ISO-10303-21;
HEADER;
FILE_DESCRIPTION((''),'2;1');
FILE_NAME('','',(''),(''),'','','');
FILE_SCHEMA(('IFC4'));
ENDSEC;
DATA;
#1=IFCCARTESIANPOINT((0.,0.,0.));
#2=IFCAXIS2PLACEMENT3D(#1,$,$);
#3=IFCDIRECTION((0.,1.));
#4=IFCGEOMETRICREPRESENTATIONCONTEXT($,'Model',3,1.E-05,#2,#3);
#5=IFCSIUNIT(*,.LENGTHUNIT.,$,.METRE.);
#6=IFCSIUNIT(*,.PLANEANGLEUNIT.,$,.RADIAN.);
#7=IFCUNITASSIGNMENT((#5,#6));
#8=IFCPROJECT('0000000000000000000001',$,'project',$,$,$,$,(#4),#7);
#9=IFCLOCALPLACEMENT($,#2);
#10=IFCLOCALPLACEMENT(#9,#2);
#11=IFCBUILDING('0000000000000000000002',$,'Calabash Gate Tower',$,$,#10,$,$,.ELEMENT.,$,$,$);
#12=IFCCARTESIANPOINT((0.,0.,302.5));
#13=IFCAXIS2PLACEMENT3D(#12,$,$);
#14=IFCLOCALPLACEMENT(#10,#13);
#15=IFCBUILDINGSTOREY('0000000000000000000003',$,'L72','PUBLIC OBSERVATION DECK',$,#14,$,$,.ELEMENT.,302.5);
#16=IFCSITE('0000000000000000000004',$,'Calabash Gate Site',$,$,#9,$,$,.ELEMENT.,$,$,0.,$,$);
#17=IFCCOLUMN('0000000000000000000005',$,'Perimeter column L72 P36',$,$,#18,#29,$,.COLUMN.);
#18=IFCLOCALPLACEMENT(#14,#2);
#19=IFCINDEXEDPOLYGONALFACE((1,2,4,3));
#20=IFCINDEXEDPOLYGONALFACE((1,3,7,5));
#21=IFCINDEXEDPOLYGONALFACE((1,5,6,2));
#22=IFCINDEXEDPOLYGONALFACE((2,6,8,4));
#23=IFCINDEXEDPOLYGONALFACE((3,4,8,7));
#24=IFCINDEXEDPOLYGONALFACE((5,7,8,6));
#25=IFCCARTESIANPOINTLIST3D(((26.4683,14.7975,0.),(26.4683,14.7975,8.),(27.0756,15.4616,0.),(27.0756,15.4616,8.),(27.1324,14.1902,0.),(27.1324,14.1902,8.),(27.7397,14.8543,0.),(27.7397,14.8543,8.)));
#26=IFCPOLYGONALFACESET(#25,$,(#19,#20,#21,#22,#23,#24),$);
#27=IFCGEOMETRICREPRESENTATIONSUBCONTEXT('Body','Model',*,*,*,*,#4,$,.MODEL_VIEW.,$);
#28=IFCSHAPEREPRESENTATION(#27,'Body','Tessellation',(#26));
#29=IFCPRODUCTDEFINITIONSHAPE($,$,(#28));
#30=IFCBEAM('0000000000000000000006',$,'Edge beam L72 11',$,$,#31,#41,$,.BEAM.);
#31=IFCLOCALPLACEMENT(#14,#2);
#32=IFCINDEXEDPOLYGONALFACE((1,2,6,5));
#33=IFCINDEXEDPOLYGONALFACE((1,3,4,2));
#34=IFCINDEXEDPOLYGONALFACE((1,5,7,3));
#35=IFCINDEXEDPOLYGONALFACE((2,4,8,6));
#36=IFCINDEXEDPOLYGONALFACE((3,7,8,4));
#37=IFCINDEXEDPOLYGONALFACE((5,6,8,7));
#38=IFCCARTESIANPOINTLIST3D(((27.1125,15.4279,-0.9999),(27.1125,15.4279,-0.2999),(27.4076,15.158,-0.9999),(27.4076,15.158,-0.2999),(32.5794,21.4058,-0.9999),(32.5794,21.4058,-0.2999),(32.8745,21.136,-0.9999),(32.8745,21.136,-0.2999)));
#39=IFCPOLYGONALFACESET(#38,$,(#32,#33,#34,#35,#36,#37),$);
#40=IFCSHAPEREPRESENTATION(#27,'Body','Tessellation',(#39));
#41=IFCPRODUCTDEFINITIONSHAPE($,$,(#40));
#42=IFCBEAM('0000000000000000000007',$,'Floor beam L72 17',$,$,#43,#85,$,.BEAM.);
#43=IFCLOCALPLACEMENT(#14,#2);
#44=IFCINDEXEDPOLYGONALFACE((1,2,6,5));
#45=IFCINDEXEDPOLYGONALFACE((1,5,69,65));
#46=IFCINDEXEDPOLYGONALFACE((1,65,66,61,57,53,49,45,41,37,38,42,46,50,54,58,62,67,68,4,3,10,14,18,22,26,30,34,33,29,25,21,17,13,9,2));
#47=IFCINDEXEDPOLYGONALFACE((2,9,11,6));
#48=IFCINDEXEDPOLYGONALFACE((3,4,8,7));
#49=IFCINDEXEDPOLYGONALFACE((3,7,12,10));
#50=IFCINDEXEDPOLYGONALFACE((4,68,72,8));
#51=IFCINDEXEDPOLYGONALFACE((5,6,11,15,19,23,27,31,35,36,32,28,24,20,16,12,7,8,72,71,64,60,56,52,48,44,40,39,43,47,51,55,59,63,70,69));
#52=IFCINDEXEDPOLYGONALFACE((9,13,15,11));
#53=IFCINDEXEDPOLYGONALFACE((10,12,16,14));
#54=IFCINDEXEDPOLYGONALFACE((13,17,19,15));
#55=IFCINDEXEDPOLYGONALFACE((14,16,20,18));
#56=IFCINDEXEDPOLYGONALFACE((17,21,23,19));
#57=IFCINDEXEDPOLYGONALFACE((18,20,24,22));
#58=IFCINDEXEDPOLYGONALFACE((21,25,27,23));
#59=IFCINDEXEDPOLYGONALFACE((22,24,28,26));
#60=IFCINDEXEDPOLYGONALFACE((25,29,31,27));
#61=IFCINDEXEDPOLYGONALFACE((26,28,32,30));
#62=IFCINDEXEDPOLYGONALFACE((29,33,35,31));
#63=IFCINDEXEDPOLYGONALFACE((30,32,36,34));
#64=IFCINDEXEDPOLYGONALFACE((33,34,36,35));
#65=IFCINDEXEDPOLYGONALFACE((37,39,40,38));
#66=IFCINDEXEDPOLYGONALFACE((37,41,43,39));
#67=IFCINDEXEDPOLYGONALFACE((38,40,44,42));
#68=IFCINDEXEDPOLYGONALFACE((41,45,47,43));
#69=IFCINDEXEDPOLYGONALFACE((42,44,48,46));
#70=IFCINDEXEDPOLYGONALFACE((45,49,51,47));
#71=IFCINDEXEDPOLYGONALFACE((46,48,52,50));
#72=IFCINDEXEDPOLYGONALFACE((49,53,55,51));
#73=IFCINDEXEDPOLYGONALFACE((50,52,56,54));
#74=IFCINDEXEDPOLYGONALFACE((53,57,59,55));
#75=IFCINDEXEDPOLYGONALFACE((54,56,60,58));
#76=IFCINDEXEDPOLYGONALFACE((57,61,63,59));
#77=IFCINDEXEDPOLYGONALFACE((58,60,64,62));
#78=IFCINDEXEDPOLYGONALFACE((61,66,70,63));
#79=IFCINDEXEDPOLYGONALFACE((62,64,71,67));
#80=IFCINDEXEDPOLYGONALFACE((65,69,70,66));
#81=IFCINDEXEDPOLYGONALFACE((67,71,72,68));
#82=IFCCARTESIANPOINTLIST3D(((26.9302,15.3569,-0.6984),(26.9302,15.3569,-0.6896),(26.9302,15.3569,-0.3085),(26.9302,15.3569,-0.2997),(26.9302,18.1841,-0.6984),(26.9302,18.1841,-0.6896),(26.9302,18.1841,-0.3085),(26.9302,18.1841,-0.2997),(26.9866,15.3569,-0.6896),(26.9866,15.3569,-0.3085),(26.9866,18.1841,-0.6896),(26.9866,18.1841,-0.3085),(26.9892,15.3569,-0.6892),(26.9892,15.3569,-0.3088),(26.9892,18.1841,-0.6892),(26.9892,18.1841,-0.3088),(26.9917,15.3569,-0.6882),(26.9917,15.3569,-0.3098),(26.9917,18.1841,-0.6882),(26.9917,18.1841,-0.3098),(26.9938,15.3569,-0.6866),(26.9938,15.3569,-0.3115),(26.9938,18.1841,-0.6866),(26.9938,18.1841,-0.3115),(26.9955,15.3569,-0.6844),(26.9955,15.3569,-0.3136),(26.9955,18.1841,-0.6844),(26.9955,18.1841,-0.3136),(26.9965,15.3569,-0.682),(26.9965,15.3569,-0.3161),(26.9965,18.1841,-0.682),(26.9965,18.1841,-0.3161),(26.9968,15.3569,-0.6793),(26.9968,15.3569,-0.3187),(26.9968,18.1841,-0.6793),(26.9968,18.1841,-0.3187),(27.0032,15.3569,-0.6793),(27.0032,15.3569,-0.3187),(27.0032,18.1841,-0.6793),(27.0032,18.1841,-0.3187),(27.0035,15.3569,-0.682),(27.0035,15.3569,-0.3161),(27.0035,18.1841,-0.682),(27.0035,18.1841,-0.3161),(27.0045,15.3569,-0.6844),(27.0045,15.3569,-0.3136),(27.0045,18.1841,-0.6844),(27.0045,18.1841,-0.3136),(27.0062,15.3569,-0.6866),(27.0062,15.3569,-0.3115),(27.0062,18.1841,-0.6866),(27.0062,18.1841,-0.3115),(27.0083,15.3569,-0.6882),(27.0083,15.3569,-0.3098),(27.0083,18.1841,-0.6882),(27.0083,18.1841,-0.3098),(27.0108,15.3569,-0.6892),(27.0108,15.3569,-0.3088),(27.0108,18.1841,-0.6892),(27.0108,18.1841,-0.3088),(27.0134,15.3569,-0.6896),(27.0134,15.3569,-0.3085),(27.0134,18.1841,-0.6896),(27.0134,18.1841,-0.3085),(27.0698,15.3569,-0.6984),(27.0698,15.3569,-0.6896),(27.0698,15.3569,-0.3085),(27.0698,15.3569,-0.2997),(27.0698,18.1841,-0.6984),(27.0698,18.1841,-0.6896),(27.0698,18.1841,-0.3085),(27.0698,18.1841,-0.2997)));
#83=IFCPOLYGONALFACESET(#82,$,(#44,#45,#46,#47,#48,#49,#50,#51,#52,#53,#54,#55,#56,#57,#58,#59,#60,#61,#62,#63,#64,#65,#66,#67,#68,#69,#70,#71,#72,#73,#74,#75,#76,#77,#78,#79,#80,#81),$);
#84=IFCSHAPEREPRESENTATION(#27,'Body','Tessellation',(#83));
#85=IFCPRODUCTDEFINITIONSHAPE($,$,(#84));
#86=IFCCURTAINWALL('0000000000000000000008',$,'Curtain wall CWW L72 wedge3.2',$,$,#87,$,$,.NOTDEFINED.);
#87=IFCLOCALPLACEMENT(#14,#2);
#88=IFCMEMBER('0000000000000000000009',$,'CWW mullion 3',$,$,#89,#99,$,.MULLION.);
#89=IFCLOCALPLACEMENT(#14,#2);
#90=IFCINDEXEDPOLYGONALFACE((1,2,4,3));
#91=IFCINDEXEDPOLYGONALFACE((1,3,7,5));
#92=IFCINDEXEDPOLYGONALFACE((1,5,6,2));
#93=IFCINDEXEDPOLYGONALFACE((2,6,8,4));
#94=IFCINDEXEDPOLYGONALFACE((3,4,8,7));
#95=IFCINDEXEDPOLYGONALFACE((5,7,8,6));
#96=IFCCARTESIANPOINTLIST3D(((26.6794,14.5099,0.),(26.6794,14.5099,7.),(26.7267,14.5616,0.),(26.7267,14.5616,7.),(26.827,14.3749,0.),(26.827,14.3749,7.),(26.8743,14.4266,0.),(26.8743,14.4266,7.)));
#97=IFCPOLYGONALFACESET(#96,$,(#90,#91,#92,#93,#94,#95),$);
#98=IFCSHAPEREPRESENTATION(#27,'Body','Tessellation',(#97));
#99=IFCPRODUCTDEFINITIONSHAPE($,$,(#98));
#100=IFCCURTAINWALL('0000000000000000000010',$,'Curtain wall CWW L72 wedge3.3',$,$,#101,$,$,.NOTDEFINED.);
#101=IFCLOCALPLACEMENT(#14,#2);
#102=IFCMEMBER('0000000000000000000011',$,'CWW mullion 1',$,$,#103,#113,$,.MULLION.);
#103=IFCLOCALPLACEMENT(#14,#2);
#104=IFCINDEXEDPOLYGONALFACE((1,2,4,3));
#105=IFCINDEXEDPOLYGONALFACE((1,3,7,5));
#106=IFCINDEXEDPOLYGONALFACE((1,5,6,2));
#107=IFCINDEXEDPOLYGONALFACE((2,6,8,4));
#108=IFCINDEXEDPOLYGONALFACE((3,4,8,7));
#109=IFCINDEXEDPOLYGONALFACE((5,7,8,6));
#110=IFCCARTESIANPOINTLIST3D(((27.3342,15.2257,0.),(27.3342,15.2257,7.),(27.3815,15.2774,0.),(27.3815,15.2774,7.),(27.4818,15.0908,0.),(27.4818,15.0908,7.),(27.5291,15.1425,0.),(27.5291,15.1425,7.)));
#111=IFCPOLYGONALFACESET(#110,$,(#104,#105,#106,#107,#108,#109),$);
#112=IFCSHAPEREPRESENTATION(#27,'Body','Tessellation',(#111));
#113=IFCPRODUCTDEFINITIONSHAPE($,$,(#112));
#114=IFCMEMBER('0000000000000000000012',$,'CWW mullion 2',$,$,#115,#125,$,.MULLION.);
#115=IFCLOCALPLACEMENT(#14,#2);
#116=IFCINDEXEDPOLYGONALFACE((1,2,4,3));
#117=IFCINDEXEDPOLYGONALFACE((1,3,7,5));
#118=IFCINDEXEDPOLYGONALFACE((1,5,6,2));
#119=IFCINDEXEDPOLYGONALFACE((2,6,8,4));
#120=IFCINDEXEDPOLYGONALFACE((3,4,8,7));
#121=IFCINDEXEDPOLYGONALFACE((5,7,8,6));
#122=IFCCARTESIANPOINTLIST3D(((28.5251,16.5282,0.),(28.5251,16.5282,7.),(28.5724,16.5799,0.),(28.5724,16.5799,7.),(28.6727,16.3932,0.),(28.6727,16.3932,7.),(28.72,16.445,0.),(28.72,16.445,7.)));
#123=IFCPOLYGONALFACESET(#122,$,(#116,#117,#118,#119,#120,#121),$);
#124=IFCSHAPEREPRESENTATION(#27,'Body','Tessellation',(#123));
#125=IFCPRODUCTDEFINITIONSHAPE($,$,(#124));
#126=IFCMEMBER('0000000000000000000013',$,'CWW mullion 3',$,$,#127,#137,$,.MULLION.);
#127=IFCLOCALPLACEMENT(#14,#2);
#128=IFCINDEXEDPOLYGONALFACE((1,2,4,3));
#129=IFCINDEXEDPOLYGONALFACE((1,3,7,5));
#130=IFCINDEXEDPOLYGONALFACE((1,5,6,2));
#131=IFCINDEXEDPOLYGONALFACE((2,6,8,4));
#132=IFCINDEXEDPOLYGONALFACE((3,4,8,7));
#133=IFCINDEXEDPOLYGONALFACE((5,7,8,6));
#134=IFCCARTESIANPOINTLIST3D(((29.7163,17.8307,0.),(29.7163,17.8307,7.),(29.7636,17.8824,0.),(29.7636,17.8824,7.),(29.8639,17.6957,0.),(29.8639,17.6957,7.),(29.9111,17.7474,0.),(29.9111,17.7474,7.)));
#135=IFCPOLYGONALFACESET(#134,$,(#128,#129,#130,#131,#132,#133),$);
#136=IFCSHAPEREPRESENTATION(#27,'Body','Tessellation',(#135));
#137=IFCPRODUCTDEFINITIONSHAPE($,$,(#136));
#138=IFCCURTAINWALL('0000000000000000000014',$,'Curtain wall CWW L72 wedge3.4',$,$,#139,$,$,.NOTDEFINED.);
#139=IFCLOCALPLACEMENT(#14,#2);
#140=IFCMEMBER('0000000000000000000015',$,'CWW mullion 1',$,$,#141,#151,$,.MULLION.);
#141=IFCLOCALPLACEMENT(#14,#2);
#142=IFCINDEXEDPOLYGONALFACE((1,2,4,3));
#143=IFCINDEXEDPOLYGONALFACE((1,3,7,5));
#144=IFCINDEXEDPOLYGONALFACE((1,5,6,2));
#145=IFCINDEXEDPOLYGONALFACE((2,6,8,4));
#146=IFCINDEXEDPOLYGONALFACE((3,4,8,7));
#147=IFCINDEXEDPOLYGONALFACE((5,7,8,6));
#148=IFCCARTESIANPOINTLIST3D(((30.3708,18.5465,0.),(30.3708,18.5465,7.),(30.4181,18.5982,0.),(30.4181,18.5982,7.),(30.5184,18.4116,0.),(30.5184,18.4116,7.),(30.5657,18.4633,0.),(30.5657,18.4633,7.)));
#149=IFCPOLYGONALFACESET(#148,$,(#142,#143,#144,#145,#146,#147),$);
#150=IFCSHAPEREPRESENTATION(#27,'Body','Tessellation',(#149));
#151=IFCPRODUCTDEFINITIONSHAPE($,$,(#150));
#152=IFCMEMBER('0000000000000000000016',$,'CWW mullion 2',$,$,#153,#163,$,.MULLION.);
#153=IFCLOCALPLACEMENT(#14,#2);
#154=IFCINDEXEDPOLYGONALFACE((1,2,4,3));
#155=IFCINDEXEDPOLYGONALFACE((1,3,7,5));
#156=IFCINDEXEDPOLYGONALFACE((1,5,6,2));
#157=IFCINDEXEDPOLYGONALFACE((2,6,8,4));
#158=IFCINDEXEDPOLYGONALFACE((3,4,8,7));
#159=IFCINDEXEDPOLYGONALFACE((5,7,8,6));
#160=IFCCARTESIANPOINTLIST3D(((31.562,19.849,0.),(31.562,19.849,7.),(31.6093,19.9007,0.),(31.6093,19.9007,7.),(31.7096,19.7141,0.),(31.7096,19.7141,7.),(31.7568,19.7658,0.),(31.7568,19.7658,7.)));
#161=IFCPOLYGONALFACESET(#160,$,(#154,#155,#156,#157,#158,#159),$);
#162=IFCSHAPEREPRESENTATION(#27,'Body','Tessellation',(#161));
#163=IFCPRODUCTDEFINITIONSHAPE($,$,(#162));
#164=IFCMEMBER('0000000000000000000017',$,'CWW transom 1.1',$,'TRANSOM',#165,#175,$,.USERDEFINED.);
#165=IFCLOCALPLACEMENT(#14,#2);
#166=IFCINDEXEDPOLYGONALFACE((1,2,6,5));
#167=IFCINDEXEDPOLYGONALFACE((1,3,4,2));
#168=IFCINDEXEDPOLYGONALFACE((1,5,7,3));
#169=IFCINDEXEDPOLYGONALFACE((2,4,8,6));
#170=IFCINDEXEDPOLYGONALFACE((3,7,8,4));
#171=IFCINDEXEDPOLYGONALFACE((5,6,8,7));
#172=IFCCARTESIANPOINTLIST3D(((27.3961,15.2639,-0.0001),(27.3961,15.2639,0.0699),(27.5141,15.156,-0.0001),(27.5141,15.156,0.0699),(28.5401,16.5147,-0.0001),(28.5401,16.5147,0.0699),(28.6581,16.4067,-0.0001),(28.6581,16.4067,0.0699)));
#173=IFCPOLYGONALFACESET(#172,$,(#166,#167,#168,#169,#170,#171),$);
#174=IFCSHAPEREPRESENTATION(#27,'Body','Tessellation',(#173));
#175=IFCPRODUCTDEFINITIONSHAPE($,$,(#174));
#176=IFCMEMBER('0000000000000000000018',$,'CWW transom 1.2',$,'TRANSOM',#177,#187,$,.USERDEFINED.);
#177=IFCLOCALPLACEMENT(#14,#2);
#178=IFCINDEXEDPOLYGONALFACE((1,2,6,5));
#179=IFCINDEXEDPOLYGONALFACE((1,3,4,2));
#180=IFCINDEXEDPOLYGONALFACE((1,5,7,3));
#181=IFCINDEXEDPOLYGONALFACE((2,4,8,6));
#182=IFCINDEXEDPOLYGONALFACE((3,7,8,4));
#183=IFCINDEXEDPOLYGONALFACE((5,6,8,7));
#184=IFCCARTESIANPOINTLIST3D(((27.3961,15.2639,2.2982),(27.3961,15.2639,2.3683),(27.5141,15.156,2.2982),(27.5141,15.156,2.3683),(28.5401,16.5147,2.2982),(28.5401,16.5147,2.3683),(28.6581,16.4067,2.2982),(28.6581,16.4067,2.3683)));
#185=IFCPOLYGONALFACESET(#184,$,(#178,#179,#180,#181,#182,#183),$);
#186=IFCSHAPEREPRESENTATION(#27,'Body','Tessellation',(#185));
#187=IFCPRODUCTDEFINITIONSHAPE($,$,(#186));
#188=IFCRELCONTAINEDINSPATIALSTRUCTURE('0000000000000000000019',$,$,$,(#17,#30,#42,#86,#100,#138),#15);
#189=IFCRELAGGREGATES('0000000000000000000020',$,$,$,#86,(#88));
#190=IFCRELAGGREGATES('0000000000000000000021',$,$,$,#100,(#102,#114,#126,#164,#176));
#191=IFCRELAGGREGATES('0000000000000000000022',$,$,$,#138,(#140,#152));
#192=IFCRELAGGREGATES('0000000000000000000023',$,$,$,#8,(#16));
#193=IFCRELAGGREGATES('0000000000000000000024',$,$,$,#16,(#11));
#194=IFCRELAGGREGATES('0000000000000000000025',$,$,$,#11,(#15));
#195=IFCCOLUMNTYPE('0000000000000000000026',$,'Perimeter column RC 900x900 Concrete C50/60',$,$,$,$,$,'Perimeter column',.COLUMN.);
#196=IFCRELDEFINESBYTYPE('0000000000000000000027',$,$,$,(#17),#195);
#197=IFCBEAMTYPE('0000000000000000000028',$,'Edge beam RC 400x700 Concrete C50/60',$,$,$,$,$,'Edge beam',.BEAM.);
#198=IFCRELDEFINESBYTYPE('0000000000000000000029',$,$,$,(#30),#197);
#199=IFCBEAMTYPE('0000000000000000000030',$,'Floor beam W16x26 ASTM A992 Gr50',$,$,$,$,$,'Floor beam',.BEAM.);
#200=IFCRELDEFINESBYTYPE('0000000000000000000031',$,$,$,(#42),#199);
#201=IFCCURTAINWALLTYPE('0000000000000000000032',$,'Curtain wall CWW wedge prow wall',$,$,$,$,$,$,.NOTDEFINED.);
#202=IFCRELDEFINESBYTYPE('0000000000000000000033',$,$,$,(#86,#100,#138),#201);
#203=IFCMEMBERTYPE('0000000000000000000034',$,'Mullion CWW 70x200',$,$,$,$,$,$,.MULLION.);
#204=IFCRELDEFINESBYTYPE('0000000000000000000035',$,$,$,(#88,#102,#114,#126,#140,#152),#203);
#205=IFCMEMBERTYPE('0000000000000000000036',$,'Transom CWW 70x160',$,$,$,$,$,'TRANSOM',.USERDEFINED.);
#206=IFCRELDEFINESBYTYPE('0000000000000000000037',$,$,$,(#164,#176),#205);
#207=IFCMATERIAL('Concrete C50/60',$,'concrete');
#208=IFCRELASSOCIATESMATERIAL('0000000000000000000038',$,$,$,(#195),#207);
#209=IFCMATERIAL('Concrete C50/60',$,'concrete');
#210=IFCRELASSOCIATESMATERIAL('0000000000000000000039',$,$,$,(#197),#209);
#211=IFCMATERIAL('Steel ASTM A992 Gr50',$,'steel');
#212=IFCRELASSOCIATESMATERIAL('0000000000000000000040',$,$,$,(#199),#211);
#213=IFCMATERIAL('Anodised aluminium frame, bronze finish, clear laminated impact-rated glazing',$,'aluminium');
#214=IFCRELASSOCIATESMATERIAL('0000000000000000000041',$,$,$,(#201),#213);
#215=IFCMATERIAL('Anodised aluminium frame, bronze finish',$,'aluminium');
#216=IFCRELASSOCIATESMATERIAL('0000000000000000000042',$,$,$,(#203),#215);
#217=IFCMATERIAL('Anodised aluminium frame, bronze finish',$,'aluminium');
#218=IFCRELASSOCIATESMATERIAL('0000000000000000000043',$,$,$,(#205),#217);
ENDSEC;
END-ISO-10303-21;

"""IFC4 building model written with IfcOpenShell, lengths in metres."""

from ifc_helpers import new_model, si_unit, direction, frame, origin, origin_2d, place, context, subcontext, project, spatial, rectangle, i_section, extrude, material, material_profile, profile_set, type_object, element, aggregate, save


model = new_model("IFC4")

# Units and contexts
model_context = context("Model", 3, precision=1e-05, world=origin(), true_north=direction((0.0, 1.0)))
body_context = subcontext(model_context, "Body", "Model", "MODEL_VIEW")
ifc_project = project(units=[si_unit("LENGTHUNIT", "METRE"), si_unit("PLANEANGLEUNIT", "RADIAN")], contexts=[model_context])

# Site, building, storey
site_placement = place(None, origin())
site = spatial("IfcSite", under=ifc_project, at=site_placement, Name="Calabash Gate Site", CompositionType="ELEMENT", RefElevation=0.0)
building_placement = place(site_placement, origin())
building = spatial("IfcBuilding", under=site, at=building_placement, Name="Calabash Gate Tower", CompositionType="ELEMENT")
storey_placement = place(building_placement, frame((0.0, 0.0, 302.5)))
storey = spatial("IfcBuildingStorey", under=building, at=storey_placement, Name="L72", Description="PUBLIC OBSERVATION DECK", CompositionType="ELEMENT", Elevation=302.5)

# Column
ifc_material_1 = material(Name="Concrete C50/60", Category="concrete")
ifc_material_profile_1 = material_profile(ifc_material_1, rectangle(XDim=0.8999, YDim=0.8999, at=origin_2d()))
ifc_profile_set_1 = profile_set([ifc_material_profile_1], Name="Concrete C50/60")
column_type = type_object("IfcColumnType", Name="Perimeter column RC 900x900 Concrete C50/60", ElementType="Perimeter column", PredefinedType="COLUMN", material=ifc_profile_set_1)
column_placement = place(storey_placement, frame((27.104, 14.8259, 0.0), z_axis=(0.0, 0.0, 1.0), x_axis=(0.674856, 0.737949, 0.0)))
element("IfcColumn", 1, at=column_placement, inside=storey, type_object=column_type, Name="Perimeter column L72 P36", PredefinedType="COLUMN", context=body_context, shape_type="SweptSolid", body=[
    extrude(rectangle(XDim=0.8999, YDim=0.8999, at=origin_2d()), origin(), (0.0, 0.0, 1.0), 8.0),
])

# Beams
ifc_material_2 = material(Name="Concrete C50/60", Category="concrete")
ifc_material_profile_2 = material_profile(ifc_material_2, rectangle(XDim=0.3999, YDim=0.7, at=origin_2d()))
ifc_profile_set_2 = profile_set([ifc_material_profile_2], Name="Concrete C50/60")
beam_type_1 = type_object("IfcBeamType", Name="Edge beam RC 400x700 Concrete C50/60", ElementType="Edge beam", PredefinedType="BEAM", material=ifc_profile_set_2)
beam_1_placement = place(storey_placement, frame((27.26, 15.293, -0.6499), z_axis=(0.674864, 0.737942, 0.0), x_axis=(-0.737942, 0.674864, 0.0)))
element("IfcBeam", 2, at=beam_1_placement, inside=storey, type_object=beam_type_1, Name="Edge beam L72 11", PredefinedType="BEAM", context=body_context, shape_type="SweptSolid", body=[
    extrude(rectangle(XDim=0.3999, YDim=0.7, at=origin_2d()), origin(), (0.0, 0.0, 1.0), 8.1008),
])
ifc_material_3 = material(Name="Steel ASTM A992 Gr50", Category="steel")
ifc_material_profile_3 = material_profile(ifc_material_3, i_section(OverallWidth=0.1396, OverallDepth=0.3987, WebThickness=0.0063, FlangeThickness=0.0088, FilletRadius=0.0103, at=origin_2d()))
ifc_profile_set_3 = profile_set([ifc_material_profile_3], Name="Steel ASTM A992 Gr50")
beam_type_2 = type_object("IfcBeamType", Name="Floor beam W16x26 ASTM A992 Gr50", ElementType="Floor beam", PredefinedType="BEAM", material=ifc_profile_set_3)
beam_2_placement = place(storey_placement, frame((27.0, 15.3569, -0.499), z_axis=(0.0, 1.0, 0.0), x_axis=(-1.0, 0.0, 0.0)))
element("IfcBeam", 3, at=beam_2_placement, inside=storey, type_object=beam_type_2, Name="Floor beam L72 17", PredefinedType="BEAM", context=body_context, shape_type="SweptSolid", body=[
    extrude(i_section(OverallWidth=0.1396, OverallDepth=0.3987, WebThickness=0.0063, FlangeThickness=0.0088, FilletRadius=0.0103, at=origin_2d()), origin(), (0.0, 0.0, 1.0), 2.8271),
])

# Curtain wall, member
ifc_material_4 = material(Name="Anodised aluminium frame, bronze finish, clear laminated impact-rated glazing", Category="aluminium")
curtain_wall_type = type_object("IfcCurtainWallType", Name="Curtain wall CWW wedge prow wall", PredefinedType="NOTDEFINED", material=ifc_material_4)
curtain_wall_1_placement = place(storey_placement, origin())
curtain_wall_1 = element("IfcCurtainWall", 4, at=curtain_wall_1_placement, inside=storey, type_object=curtain_wall_type, Name="Curtain wall CWW L72 wedge3.2", PredefinedType="NOTDEFINED")
ifc_material_5 = material(Name="Anodised aluminium frame, bronze finish", Category="aluminium")
ifc_material_profile_4 = material_profile(ifc_material_5, rectangle(XDim=0.2, YDim=0.0701, at=origin_2d()))
ifc_profile_set_4 = profile_set([ifc_material_profile_4], Name="Anodised aluminium frame, bronze finish")
member_type_1 = type_object("IfcMemberType", Name="Mullion CWW 70x200", PredefinedType="MULLION", material=ifc_profile_set_4)
member_1_placement = place(storey_placement, frame((26.7769, 14.4683, 0.0), z_axis=(0.0, 0.0, 1.0), x_axis=(-0.737949, 0.674856, 0.0)))
member_1 = element("IfcMember", 5, at=member_1_placement, type_object=member_type_1, Name="CWW mullion 3", PredefinedType="MULLION", context=body_context, shape_type="SweptSolid", body=[
    extrude(rectangle(XDim=0.2, YDim=0.0701, at=origin_2d()), origin(), (0.0, 0.0, 1.0), 7.0),
])

# Curtain walls, members
curtain_wall_2_placement = place(storey_placement, origin())
curtain_wall_2 = element("IfcCurtainWall", 6, at=curtain_wall_2_placement, inside=storey, type_object=curtain_wall_type, Name="Curtain wall CWW L72 wedge3.3", PredefinedType="NOTDEFINED")
member_2_placement = place(storey_placement, frame((27.4316, 15.1841, 0.0), z_axis=(0.0, 0.0, 1.0), x_axis=(-0.737949, 0.674856, 0.0)))
member_2 = element("IfcMember", 7, at=member_2_placement, type_object=member_type_1, Name="CWW mullion 1", PredefinedType="MULLION", context=body_context, shape_type="SweptSolid", body=[
    extrude(rectangle(XDim=0.2, YDim=0.0701, at=origin_2d()), origin(), (0.0, 0.0, 1.0), 7.0),
])
member_3_placement = place(storey_placement, frame((28.6226, 16.4866, 0.0), z_axis=(0.0, 0.0, 1.0), x_axis=(-0.737949, 0.674856, 0.0)))
member_3 = element("IfcMember", 8, at=member_3_placement, type_object=member_type_1, Name="CWW mullion 2", PredefinedType="MULLION", context=body_context, shape_type="SweptSolid", body=[
    extrude(rectangle(XDim=0.2, YDim=0.0701, at=origin_2d()), origin(), (0.0, 0.0, 1.0), 7.0),
])
member_4_placement = place(storey_placement, frame((29.8137, 17.7891, 0.0), z_axis=(0.0, 0.0, 1.0), x_axis=(-0.737949, 0.674856, 0.0)))
member_4 = element("IfcMember", 9, at=member_4_placement, type_object=member_type_1, Name="CWW mullion 3", PredefinedType="MULLION", context=body_context, shape_type="SweptSolid", body=[
    extrude(rectangle(XDim=0.2, YDim=0.0701, at=origin_2d()), origin(), (0.0, 0.0, 1.0), 7.0),
])
curtain_wall_3_placement = place(storey_placement, origin())
curtain_wall_3 = element("IfcCurtainWall", 10, at=curtain_wall_3_placement, inside=storey, type_object=curtain_wall_type, Name="Curtain wall CWW L72 wedge3.4", PredefinedType="NOTDEFINED")
member_5_placement = place(storey_placement, frame((30.4683, 18.5049, 0.0), z_axis=(0.0, 0.0, 1.0), x_axis=(-0.737949, 0.674856, 0.0)))
member_5 = element("IfcMember", 11, at=member_5_placement, type_object=member_type_1, Name="CWW mullion 1", PredefinedType="MULLION", context=body_context, shape_type="SweptSolid", body=[
    extrude(rectangle(XDim=0.2, YDim=0.0701, at=origin_2d()), origin(), (0.0, 0.0, 1.0), 7.0),
])
member_6_placement = place(storey_placement, frame((31.6594, 19.8074, 0.0), z_axis=(0.0, 0.0, 1.0), x_axis=(-0.737949, 0.674856, 0.0)))
member_6 = element("IfcMember", 12, at=member_6_placement, type_object=member_type_1, Name="CWW mullion 2", PredefinedType="MULLION", context=body_context, shape_type="SweptSolid", body=[
    extrude(rectangle(XDim=0.2, YDim=0.0701, at=origin_2d()), origin(), (0.0, 0.0, 1.0), 7.0),
])

# Members
ifc_material_6 = material(Name="Anodised aluminium frame, bronze finish", Category="aluminium")
ifc_material_profile_5 = material_profile(ifc_material_6, rectangle(XDim=0.1599, YDim=0.0701, at=origin_2d()))
ifc_profile_set_5 = profile_set([ifc_material_profile_5], Name="Anodised aluminium frame, bronze finish")
member_type_2 = type_object("IfcMemberType", Name="Transom CWW 70x160", ElementType="TRANSOM", PredefinedType="USERDEFINED", material=ifc_profile_set_5)
member_7_placement = place(storey_placement, frame((27.4551, 15.21, 0.0349), z_axis=(0.674935, 0.737877, 0.0), x_axis=(-0.737877, 0.674935, 0.0)))
member_7 = element("IfcMember", 13, at=member_7_placement, type_object=member_type_2, Name="CWW transom 1.1", ObjectType="TRANSOM", PredefinedType="USERDEFINED", context=body_context, shape_type="SweptSolid", body=[
    extrude(rectangle(XDim=0.1599, YDim=0.0701, at=origin_2d()), origin(), (0.0, 0.0, 1.0), 1.6951),
])
member_8_placement = place(storey_placement, frame((27.4551, 15.21, 2.3333), z_axis=(0.674935, 0.737877, 0.0), x_axis=(-0.737877, 0.674935, 0.0)))
member_8 = element("IfcMember", 14, at=member_8_placement, type_object=member_type_2, Name="CWW transom 1.2", ObjectType="TRANSOM", PredefinedType="USERDEFINED", context=body_context, shape_type="SweptSolid", body=[
    extrude(rectangle(XDim=0.1599, YDim=0.0701, at=origin_2d()), origin(), (0.0, 0.0, 1.0), 1.6951),
])

aggregate(curtain_wall_1, [member_1])
aggregate(curtain_wall_2, [member_2, member_3, member_4, member_7, member_8])
aggregate(curtain_wall_3, [member_5, member_6])

save(model, "model.ifc")
